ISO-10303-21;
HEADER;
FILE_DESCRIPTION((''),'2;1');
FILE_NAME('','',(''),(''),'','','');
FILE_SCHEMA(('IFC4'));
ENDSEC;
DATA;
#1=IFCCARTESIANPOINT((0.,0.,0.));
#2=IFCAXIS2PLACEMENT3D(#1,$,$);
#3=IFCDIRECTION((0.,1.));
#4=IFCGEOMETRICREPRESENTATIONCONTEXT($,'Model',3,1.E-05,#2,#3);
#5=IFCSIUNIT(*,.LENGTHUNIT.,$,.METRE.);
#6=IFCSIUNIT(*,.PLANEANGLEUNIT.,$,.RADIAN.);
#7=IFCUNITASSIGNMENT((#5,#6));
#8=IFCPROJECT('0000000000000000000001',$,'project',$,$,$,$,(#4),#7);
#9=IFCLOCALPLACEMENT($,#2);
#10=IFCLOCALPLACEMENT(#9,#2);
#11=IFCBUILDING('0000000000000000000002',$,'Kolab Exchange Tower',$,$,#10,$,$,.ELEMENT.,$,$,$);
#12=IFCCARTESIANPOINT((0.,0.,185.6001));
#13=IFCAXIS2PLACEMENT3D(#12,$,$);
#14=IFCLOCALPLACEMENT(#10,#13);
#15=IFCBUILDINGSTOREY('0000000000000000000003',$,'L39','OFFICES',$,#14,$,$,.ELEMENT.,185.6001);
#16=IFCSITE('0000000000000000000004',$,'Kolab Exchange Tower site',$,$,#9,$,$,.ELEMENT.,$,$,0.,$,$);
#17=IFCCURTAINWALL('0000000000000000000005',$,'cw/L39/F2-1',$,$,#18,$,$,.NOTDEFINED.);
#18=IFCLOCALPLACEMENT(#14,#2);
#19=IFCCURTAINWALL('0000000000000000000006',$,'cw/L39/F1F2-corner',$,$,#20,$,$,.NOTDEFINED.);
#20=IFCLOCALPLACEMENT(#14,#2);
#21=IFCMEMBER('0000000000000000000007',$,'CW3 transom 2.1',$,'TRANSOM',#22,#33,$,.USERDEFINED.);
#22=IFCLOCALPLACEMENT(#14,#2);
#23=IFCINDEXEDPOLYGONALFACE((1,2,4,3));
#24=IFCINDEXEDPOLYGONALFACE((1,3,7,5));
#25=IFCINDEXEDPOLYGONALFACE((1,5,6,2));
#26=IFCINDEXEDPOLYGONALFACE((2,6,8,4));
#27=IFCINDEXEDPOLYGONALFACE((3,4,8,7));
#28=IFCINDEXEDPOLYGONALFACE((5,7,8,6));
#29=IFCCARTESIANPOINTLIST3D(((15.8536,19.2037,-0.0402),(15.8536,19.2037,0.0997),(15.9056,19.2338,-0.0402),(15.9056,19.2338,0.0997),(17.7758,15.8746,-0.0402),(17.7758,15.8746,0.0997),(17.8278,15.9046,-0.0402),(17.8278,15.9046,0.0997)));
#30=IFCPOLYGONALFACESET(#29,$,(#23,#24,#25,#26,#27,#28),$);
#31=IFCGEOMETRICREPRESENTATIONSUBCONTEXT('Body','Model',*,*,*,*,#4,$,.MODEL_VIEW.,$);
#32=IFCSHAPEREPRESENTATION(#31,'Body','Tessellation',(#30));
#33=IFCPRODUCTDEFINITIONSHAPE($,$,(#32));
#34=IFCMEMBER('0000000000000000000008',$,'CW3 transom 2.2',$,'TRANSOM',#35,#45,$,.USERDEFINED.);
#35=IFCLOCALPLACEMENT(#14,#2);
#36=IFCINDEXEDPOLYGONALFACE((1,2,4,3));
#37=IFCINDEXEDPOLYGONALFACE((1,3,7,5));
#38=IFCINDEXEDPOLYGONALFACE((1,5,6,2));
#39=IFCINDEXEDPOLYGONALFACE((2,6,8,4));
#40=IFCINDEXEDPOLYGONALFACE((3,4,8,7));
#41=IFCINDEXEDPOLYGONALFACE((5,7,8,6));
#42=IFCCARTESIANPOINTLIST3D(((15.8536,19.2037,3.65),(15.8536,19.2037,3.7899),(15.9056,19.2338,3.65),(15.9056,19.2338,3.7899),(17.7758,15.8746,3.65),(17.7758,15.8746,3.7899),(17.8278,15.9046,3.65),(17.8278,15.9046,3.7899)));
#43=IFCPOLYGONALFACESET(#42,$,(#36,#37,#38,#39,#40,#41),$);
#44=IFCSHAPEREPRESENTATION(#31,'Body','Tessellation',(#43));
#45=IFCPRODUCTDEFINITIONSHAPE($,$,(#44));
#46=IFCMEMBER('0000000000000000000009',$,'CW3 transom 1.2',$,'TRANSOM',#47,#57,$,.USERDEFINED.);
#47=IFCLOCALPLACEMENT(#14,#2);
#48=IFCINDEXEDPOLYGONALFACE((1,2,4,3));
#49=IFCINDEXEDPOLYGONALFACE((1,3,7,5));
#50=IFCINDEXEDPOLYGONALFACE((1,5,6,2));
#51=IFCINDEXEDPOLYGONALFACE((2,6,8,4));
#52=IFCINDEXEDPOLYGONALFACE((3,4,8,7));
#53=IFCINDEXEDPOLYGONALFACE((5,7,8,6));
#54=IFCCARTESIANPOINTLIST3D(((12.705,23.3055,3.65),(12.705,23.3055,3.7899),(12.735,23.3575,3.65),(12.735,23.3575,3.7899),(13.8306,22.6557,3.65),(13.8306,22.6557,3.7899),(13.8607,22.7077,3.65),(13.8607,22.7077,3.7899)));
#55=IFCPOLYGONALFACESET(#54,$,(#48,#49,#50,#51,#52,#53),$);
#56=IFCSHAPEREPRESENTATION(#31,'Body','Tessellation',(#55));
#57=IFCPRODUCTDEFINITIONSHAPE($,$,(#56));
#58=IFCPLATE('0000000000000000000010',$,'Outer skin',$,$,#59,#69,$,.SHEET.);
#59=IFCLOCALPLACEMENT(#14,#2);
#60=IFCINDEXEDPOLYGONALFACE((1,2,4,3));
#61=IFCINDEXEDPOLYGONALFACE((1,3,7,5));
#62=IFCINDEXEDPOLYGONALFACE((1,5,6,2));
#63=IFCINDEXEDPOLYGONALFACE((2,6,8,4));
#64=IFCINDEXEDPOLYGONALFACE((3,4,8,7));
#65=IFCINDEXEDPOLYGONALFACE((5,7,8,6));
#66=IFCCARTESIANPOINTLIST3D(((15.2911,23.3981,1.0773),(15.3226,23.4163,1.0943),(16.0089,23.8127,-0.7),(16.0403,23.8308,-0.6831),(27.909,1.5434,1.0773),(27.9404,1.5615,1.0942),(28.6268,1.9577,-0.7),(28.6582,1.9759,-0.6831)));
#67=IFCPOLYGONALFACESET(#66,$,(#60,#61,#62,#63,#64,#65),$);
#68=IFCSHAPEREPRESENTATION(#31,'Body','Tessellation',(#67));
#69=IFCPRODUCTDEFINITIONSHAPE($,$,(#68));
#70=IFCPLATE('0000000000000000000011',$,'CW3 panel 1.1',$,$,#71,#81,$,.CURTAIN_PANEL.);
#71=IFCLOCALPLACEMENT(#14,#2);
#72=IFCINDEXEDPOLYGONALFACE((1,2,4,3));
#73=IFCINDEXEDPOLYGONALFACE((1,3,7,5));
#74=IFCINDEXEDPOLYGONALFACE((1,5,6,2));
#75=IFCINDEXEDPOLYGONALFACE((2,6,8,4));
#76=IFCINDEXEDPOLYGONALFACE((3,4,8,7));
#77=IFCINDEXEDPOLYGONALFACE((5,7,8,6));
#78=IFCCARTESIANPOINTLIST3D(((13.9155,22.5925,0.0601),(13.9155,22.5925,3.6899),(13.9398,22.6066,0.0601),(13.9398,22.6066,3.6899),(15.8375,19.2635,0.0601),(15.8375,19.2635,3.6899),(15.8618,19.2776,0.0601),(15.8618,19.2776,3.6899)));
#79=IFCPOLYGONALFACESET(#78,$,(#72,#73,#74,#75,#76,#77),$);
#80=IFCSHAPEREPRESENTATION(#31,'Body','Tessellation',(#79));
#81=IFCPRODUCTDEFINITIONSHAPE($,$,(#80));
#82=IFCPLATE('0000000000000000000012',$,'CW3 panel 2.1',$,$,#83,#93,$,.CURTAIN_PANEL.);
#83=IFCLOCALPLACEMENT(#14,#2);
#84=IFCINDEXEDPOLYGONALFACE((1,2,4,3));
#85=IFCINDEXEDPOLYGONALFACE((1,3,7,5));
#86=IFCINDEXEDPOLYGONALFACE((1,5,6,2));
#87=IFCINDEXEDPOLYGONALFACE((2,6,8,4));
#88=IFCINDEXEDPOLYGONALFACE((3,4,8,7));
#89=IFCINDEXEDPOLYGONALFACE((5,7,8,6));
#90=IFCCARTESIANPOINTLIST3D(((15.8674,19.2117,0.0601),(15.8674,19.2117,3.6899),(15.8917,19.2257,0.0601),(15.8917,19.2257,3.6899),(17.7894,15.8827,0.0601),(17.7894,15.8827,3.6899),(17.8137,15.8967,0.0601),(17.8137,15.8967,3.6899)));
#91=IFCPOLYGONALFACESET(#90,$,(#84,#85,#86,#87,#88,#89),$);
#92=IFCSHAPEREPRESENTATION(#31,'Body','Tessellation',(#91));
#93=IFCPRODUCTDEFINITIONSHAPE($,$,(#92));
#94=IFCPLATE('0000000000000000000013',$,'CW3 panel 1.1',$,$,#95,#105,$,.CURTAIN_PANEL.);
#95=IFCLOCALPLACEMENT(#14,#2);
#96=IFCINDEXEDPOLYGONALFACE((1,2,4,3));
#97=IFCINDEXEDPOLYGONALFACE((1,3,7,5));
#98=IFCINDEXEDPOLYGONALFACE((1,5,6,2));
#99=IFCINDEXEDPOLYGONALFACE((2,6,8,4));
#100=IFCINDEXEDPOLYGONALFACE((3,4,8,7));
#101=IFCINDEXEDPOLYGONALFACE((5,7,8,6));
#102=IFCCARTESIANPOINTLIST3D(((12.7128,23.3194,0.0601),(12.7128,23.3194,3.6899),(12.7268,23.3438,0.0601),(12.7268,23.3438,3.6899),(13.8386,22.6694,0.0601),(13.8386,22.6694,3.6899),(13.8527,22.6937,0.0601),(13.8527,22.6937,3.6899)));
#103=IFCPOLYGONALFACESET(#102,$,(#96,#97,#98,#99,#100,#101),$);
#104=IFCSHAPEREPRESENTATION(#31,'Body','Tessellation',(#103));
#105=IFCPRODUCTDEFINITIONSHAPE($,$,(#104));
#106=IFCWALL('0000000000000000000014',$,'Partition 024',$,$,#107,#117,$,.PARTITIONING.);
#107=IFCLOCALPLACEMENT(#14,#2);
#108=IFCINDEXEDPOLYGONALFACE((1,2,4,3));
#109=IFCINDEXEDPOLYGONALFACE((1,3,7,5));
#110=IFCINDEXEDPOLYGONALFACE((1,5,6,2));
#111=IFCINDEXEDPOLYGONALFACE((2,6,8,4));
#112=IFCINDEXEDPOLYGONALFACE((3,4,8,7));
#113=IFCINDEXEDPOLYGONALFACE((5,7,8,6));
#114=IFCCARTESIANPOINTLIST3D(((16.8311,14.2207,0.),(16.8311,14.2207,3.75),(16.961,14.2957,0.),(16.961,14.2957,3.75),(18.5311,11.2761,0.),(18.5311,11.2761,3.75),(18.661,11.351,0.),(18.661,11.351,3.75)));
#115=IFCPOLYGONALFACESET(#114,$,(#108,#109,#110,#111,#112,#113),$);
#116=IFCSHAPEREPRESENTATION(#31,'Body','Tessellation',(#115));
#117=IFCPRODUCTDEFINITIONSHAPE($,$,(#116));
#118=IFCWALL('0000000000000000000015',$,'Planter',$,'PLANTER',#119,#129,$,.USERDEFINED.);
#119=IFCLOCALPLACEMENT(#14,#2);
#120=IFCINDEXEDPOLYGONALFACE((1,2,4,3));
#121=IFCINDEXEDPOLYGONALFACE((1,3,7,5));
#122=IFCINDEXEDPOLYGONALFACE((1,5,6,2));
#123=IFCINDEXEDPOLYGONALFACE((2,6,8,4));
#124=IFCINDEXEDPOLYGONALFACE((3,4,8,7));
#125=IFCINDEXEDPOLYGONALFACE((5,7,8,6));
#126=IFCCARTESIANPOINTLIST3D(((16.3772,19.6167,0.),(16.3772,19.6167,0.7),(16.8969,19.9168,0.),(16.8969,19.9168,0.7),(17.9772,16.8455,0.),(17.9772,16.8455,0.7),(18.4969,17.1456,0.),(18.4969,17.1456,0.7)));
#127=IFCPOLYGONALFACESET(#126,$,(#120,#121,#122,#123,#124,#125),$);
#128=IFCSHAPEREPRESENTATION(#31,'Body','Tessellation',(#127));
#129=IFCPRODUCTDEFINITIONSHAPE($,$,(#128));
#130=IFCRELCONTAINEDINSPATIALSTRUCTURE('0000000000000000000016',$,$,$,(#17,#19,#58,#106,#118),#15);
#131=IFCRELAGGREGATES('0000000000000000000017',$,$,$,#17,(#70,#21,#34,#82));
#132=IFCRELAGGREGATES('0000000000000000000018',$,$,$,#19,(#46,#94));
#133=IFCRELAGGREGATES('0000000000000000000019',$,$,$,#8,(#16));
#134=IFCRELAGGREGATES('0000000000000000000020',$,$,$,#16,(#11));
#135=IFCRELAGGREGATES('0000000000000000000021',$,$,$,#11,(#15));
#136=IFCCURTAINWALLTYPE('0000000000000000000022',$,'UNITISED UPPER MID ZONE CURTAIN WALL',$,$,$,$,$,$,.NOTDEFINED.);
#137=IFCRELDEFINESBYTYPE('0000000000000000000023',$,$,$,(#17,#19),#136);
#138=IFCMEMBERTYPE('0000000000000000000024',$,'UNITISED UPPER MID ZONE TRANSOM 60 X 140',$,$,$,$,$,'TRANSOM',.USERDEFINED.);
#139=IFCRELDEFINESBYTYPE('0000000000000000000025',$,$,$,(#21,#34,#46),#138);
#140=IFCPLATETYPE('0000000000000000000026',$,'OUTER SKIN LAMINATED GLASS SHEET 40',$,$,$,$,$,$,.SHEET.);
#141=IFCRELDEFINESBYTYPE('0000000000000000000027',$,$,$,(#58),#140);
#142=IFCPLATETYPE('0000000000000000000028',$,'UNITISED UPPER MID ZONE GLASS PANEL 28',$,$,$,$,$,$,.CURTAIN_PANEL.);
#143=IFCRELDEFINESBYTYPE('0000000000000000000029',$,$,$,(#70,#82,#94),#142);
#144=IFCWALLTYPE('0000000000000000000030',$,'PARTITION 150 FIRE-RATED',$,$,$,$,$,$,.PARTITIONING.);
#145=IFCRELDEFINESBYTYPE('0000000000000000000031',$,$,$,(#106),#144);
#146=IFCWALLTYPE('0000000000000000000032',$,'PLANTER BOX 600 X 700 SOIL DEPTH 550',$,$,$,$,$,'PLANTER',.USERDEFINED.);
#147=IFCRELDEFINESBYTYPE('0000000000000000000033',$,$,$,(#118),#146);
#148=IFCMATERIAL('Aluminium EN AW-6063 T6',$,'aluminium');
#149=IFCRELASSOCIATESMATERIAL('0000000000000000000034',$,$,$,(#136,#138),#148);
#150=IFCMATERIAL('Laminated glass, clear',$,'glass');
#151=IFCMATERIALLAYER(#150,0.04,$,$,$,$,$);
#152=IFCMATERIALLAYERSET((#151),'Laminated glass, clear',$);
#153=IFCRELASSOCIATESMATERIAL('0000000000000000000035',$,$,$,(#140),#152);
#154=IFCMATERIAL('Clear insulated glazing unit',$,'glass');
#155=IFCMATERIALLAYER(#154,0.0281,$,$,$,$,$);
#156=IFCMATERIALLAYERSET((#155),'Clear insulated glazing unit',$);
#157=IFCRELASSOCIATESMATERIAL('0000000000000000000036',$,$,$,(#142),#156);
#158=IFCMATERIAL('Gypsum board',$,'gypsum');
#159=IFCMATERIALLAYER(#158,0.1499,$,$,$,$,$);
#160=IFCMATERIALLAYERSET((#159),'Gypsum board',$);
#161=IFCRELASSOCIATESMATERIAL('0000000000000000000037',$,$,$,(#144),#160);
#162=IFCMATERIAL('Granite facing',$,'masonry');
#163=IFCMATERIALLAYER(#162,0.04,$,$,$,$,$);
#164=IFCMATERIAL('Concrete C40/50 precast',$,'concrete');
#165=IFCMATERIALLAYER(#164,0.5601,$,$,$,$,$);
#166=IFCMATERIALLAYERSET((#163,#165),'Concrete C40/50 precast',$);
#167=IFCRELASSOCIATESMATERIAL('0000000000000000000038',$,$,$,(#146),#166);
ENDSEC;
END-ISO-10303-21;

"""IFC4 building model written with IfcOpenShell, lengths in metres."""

from ifc_helpers import new_model, si_unit, direction, frame, frame_2d, origin, origin_2d, place, context, subcontext, project, spatial, polyline, rectangle, outline, extrude, material, layer, layer_set, material_profile, profile_set, type_object, element, aggregate, save


model = new_model("IFC4")

# Units and contexts
model_context = context("Model", 3, precision=1e-05, world=origin(), true_north=direction((0.0, 1.0)))
body_context = subcontext(model_context, "Body", "Model", "MODEL_VIEW")
ifc_project = project(units=[si_unit("LENGTHUNIT", "METRE"), si_unit("PLANEANGLEUNIT", "RADIAN")], contexts=[model_context])

# Site, building, storey
site_placement = place(None, origin())
site = spatial("IfcSite", under=ifc_project, at=site_placement, Name="Kolab Exchange Tower site", CompositionType="ELEMENT", RefElevation=0.0)
building_placement = place(site_placement, origin())
building = spatial("IfcBuilding", under=site, at=building_placement, Name="Kolab Exchange Tower", CompositionType="ELEMENT")
storey_placement = place(building_placement, frame((0.0, 0.0, 185.6001)))
storey = spatial("IfcBuildingStorey", under=building, at=storey_placement, Name="L39", Description="OFFICES", CompositionType="ELEMENT", Elevation=185.6001)

# Curtain wall
ifc_material_1 = material(Name="Aluminium EN AW-6063 T6", Category="aluminium")
curtain_wall_type = type_object("IfcCurtainWallType", Name="UNITISED UPPER MID ZONE CURTAIN WALL", PredefinedType="NOTDEFINED", material=ifc_material_1)
curtain_wall_1_placement = place(storey_placement, origin())
curtain_wall_1 = element("IfcCurtainWall", 1, at=curtain_wall_1_placement, inside=storey, type_object=curtain_wall_type, Name="cw/L39/F2-1", PredefinedType="NOTDEFINED")

# Curtain wall
curtain_wall_2_placement = place(storey_placement, origin())
curtain_wall_2 = element("IfcCurtainWall", 2, at=curtain_wall_2_placement, inside=storey, type_object=curtain_wall_type, Name="cw/L39/F1F2-corner", PredefinedType="NOTDEFINED")

# Members
ifc_material_profile_1 = material_profile(ifc_material_1, rectangle(XDim=0.0601, YDim=0.1399, at=origin_2d()), Name="RECT 60X140")
ifc_profile_set_1 = profile_set([ifc_material_profile_1], Name="Aluminium EN AW-6063 T6")
member_type_1 = type_object("IfcMemberType", Name="UNITISED UPPER MID ZONE TRANSOM 60 X 140", ElementType="TRANSOM", PredefinedType="USERDEFINED", material=ifc_profile_set_1)
member_1_placement = place(storey_placement, frame((15.8796, 19.2188, 0.0298), z_axis=(0.500012, -0.866018, 0.0), x_axis=(0.866018, 0.500012, 0.0)))
member_1 = element("IfcMember", 3, at=member_1_placement, type_object=member_type_1, Name="CW3 transom 2.1", ObjectType="TRANSOM", PredefinedType="USERDEFINED", context=body_context, shape_type="SweptSolid", body=[
    extrude(rectangle(XDim=0.0601, YDim=0.1399, at=origin_2d()), origin(), (0.0, 0.0, 1.0), 3.8442),
])
member_2_placement = place(storey_placement, frame((15.8796, 19.2188, 3.72), z_axis=(0.500012, -0.866018, 0.0), x_axis=(0.866018, 0.500012, 0.0)))
member_2 = element("IfcMember", 4, at=member_2_placement, type_object=member_type_1, Name="CW3 transom 2.2", ObjectType="TRANSOM", PredefinedType="USERDEFINED", context=body_context, shape_type="SweptSolid", body=[
    extrude(rectangle(XDim=0.0601, YDim=0.1399, at=origin_2d()), origin(), (0.0, 0.0, 1.0), 3.8442),
])
member_3_placement = place(storey_placement, frame((12.72, 23.3315, 3.72), z_axis=(0.866039, -0.499977, 0.0), x_axis=(0.499977, 0.866039, 0.0)))
member_3 = element("IfcMember", 5, at=member_3_placement, type_object=member_type_1, Name="CW3 transom 1.2", ObjectType="TRANSOM", PredefinedType="USERDEFINED", context=body_context, shape_type="SweptSolid", body=[
    extrude(rectangle(XDim=0.0601, YDim=0.1399, at=origin_2d()), origin(), (0.0, 0.0, 1.0), 1.2998),
])

# Plates
ifc_material_2 = material(Name="Laminated glass, clear", Category="glass")
ifc_layer_1 = layer(ifc_material_2, 0.04)
ifc_layer_set_1 = layer_set([ifc_layer_1], Name="Laminated glass, clear")
plate_type_1 = type_object("IfcPlateType", Name="OUTER SKIN LAMINATED GLASS SHEET 40", PredefinedType="SHEET", material=ifc_layer_set_1)
plate_1_placement = place(storey_placement, frame((16.0403, 23.8308, -0.6831), z_axis=(0.784879, 0.453151, 0.422633), x_axis=(0.5, -0.866025, 0.000001)))
element("IfcPlate", 6, at=plate_1_placement, inside=storey, type_object=plate_type_1, Name="Outer skin", PredefinedType="SHEET", context=body_context, shape_type="SweptSolid", body=[
    extrude(outline(polyline([(0.0, 0.0), (25.2359, 0.0), (25.2358, -1.9611), (0.0001, -1.9611), (0.0, 0.0)])), origin(), (0.0, 0.0, -1.0), 0.04),
])
ifc_material_3 = material(Name="Clear insulated glazing unit", Category="glass")
ifc_layer_2 = layer(ifc_material_3, 0.0281)
ifc_layer_set_2 = layer_set([ifc_layer_2], Name="Clear insulated glazing unit")
plate_type_2 = type_object("IfcPlateType", Name="UNITISED UPPER MID ZONE GLASS PANEL 28", PredefinedType="CURTAIN_PANEL", material=ifc_layer_set_2)
plate_2_placement = place(storey_placement, frame((14.8887, 20.9351, 0.0601), z_axis=(0.0, 0.0, 1.0), x_axis=(0.5, -0.866025, 0.0)))
plate_2 = element("IfcPlate", 7, at=plate_2_placement, type_object=plate_type_2, Name="CW3 panel 1.1", PredefinedType="CURTAIN_PANEL", context=body_context, shape_type="SweptSolid", body=[
    extrude(rectangle(XDim=3.844, YDim=0.0281, at=origin_2d()), origin(), (0.0, 0.0, 1.0), 3.6299),
])
plate_3_placement = place(storey_placement, frame((16.8406, 17.5542, 0.0601), z_axis=(0.0, 0.0, 1.0), x_axis=(0.5, -0.866025, 0.0)))
plate_3 = element("IfcPlate", 8, at=plate_3_placement, type_object=plate_type_2, Name="CW3 panel 2.1", PredefinedType="CURTAIN_PANEL", context=body_context, shape_type="SweptSolid", body=[
    extrude(rectangle(XDim=3.844, YDim=0.0281, at=origin_2d()), origin(), (0.0, 0.0, 1.0), 3.6299),
])
aggregate(curtain_wall_1, [plate_2, member_1, member_2, plate_3])
plate_4_placement = place(storey_placement, frame((13.2827, 23.0066, 0.0601), z_axis=(0.0, 0.0, 1.0), x_axis=(0.866025, -0.5, 0.0)))
plate_4 = element("IfcPlate", 9, at=plate_4_placement, type_object=plate_type_2, Name="CW3 panel 1.1", PredefinedType="CURTAIN_PANEL", context=body_context, shape_type="SweptSolid", body=[
    extrude(rectangle(XDim=1.3, YDim=0.0281, at=origin_2d()), origin(), (0.0, 0.0, 1.0), 3.6299),
])
aggregate(curtain_wall_2, [member_3, plate_4])

# Walls
ifc_material_4 = material(Name="Gypsum board", Category="gypsum")
ifc_layer_3 = layer(ifc_material_4, 0.1499)
ifc_layer_set_3 = layer_set([ifc_layer_3], Name="Gypsum board")
wall_type_1 = type_object("IfcWallType", Name="PARTITION 150 FIRE-RATED", PredefinedType="PARTITIONING", material=ifc_layer_set_3)
wall_1_placement = place(storey_placement, frame((16.896, 14.2583, 0.0), z_axis=(0.0, 0.0, 1.0), x_axis=(0.499977, -0.866039, 0.0)))
element("IfcWall", 10, at=wall_1_placement, inside=storey, type_object=wall_type_1, Name="Partition 024", PredefinedType="PARTITIONING", context=body_context, shape_type="SweptSolid", body=[
    extrude(rectangle(XDim=3.4001, YDim=0.1499, at=frame_2d((1.7002, 0.0))), origin(), (0.0, 0.0, 1.0), 3.75),
])
ifc_material_5 = material(Name="Granite facing", Category="masonry")
ifc_layer_4 = layer(ifc_material_5, 0.04)
ifc_material_6 = material(Name="Concrete C40/50 precast", Category="concrete")
ifc_layer_5 = layer(ifc_material_6, 0.5601)
ifc_layer_set_4 = layer_set([ifc_layer_4, ifc_layer_5], Name="Concrete C40/50 precast")
wall_type_2 = type_object("IfcWallType", Name="PLANTER BOX 600 X 700 SOIL DEPTH 550", ElementType="PLANTER", PredefinedType="USERDEFINED", material=ifc_layer_set_4)
wall_2_placement = place(storey_placement, frame((16.637, 19.7668, 0.0), z_axis=(0.0, 0.0, 1.0), x_axis=(0.500028, -0.866009, 0.0)))
element("IfcWall", 11, at=wall_2_placement, inside=storey, type_object=wall_type_2, Name="Planter", ObjectType="PLANTER", PredefinedType="USERDEFINED", context=body_context, shape_type="SweptSolid", body=[
    extrude(rectangle(XDim=3.2, YDim=0.6001, at=frame_2d((1.6001, 0.0))), origin(), (0.0, 0.0, 1.0), 0.7),
])

save(model, "model.ifc")
